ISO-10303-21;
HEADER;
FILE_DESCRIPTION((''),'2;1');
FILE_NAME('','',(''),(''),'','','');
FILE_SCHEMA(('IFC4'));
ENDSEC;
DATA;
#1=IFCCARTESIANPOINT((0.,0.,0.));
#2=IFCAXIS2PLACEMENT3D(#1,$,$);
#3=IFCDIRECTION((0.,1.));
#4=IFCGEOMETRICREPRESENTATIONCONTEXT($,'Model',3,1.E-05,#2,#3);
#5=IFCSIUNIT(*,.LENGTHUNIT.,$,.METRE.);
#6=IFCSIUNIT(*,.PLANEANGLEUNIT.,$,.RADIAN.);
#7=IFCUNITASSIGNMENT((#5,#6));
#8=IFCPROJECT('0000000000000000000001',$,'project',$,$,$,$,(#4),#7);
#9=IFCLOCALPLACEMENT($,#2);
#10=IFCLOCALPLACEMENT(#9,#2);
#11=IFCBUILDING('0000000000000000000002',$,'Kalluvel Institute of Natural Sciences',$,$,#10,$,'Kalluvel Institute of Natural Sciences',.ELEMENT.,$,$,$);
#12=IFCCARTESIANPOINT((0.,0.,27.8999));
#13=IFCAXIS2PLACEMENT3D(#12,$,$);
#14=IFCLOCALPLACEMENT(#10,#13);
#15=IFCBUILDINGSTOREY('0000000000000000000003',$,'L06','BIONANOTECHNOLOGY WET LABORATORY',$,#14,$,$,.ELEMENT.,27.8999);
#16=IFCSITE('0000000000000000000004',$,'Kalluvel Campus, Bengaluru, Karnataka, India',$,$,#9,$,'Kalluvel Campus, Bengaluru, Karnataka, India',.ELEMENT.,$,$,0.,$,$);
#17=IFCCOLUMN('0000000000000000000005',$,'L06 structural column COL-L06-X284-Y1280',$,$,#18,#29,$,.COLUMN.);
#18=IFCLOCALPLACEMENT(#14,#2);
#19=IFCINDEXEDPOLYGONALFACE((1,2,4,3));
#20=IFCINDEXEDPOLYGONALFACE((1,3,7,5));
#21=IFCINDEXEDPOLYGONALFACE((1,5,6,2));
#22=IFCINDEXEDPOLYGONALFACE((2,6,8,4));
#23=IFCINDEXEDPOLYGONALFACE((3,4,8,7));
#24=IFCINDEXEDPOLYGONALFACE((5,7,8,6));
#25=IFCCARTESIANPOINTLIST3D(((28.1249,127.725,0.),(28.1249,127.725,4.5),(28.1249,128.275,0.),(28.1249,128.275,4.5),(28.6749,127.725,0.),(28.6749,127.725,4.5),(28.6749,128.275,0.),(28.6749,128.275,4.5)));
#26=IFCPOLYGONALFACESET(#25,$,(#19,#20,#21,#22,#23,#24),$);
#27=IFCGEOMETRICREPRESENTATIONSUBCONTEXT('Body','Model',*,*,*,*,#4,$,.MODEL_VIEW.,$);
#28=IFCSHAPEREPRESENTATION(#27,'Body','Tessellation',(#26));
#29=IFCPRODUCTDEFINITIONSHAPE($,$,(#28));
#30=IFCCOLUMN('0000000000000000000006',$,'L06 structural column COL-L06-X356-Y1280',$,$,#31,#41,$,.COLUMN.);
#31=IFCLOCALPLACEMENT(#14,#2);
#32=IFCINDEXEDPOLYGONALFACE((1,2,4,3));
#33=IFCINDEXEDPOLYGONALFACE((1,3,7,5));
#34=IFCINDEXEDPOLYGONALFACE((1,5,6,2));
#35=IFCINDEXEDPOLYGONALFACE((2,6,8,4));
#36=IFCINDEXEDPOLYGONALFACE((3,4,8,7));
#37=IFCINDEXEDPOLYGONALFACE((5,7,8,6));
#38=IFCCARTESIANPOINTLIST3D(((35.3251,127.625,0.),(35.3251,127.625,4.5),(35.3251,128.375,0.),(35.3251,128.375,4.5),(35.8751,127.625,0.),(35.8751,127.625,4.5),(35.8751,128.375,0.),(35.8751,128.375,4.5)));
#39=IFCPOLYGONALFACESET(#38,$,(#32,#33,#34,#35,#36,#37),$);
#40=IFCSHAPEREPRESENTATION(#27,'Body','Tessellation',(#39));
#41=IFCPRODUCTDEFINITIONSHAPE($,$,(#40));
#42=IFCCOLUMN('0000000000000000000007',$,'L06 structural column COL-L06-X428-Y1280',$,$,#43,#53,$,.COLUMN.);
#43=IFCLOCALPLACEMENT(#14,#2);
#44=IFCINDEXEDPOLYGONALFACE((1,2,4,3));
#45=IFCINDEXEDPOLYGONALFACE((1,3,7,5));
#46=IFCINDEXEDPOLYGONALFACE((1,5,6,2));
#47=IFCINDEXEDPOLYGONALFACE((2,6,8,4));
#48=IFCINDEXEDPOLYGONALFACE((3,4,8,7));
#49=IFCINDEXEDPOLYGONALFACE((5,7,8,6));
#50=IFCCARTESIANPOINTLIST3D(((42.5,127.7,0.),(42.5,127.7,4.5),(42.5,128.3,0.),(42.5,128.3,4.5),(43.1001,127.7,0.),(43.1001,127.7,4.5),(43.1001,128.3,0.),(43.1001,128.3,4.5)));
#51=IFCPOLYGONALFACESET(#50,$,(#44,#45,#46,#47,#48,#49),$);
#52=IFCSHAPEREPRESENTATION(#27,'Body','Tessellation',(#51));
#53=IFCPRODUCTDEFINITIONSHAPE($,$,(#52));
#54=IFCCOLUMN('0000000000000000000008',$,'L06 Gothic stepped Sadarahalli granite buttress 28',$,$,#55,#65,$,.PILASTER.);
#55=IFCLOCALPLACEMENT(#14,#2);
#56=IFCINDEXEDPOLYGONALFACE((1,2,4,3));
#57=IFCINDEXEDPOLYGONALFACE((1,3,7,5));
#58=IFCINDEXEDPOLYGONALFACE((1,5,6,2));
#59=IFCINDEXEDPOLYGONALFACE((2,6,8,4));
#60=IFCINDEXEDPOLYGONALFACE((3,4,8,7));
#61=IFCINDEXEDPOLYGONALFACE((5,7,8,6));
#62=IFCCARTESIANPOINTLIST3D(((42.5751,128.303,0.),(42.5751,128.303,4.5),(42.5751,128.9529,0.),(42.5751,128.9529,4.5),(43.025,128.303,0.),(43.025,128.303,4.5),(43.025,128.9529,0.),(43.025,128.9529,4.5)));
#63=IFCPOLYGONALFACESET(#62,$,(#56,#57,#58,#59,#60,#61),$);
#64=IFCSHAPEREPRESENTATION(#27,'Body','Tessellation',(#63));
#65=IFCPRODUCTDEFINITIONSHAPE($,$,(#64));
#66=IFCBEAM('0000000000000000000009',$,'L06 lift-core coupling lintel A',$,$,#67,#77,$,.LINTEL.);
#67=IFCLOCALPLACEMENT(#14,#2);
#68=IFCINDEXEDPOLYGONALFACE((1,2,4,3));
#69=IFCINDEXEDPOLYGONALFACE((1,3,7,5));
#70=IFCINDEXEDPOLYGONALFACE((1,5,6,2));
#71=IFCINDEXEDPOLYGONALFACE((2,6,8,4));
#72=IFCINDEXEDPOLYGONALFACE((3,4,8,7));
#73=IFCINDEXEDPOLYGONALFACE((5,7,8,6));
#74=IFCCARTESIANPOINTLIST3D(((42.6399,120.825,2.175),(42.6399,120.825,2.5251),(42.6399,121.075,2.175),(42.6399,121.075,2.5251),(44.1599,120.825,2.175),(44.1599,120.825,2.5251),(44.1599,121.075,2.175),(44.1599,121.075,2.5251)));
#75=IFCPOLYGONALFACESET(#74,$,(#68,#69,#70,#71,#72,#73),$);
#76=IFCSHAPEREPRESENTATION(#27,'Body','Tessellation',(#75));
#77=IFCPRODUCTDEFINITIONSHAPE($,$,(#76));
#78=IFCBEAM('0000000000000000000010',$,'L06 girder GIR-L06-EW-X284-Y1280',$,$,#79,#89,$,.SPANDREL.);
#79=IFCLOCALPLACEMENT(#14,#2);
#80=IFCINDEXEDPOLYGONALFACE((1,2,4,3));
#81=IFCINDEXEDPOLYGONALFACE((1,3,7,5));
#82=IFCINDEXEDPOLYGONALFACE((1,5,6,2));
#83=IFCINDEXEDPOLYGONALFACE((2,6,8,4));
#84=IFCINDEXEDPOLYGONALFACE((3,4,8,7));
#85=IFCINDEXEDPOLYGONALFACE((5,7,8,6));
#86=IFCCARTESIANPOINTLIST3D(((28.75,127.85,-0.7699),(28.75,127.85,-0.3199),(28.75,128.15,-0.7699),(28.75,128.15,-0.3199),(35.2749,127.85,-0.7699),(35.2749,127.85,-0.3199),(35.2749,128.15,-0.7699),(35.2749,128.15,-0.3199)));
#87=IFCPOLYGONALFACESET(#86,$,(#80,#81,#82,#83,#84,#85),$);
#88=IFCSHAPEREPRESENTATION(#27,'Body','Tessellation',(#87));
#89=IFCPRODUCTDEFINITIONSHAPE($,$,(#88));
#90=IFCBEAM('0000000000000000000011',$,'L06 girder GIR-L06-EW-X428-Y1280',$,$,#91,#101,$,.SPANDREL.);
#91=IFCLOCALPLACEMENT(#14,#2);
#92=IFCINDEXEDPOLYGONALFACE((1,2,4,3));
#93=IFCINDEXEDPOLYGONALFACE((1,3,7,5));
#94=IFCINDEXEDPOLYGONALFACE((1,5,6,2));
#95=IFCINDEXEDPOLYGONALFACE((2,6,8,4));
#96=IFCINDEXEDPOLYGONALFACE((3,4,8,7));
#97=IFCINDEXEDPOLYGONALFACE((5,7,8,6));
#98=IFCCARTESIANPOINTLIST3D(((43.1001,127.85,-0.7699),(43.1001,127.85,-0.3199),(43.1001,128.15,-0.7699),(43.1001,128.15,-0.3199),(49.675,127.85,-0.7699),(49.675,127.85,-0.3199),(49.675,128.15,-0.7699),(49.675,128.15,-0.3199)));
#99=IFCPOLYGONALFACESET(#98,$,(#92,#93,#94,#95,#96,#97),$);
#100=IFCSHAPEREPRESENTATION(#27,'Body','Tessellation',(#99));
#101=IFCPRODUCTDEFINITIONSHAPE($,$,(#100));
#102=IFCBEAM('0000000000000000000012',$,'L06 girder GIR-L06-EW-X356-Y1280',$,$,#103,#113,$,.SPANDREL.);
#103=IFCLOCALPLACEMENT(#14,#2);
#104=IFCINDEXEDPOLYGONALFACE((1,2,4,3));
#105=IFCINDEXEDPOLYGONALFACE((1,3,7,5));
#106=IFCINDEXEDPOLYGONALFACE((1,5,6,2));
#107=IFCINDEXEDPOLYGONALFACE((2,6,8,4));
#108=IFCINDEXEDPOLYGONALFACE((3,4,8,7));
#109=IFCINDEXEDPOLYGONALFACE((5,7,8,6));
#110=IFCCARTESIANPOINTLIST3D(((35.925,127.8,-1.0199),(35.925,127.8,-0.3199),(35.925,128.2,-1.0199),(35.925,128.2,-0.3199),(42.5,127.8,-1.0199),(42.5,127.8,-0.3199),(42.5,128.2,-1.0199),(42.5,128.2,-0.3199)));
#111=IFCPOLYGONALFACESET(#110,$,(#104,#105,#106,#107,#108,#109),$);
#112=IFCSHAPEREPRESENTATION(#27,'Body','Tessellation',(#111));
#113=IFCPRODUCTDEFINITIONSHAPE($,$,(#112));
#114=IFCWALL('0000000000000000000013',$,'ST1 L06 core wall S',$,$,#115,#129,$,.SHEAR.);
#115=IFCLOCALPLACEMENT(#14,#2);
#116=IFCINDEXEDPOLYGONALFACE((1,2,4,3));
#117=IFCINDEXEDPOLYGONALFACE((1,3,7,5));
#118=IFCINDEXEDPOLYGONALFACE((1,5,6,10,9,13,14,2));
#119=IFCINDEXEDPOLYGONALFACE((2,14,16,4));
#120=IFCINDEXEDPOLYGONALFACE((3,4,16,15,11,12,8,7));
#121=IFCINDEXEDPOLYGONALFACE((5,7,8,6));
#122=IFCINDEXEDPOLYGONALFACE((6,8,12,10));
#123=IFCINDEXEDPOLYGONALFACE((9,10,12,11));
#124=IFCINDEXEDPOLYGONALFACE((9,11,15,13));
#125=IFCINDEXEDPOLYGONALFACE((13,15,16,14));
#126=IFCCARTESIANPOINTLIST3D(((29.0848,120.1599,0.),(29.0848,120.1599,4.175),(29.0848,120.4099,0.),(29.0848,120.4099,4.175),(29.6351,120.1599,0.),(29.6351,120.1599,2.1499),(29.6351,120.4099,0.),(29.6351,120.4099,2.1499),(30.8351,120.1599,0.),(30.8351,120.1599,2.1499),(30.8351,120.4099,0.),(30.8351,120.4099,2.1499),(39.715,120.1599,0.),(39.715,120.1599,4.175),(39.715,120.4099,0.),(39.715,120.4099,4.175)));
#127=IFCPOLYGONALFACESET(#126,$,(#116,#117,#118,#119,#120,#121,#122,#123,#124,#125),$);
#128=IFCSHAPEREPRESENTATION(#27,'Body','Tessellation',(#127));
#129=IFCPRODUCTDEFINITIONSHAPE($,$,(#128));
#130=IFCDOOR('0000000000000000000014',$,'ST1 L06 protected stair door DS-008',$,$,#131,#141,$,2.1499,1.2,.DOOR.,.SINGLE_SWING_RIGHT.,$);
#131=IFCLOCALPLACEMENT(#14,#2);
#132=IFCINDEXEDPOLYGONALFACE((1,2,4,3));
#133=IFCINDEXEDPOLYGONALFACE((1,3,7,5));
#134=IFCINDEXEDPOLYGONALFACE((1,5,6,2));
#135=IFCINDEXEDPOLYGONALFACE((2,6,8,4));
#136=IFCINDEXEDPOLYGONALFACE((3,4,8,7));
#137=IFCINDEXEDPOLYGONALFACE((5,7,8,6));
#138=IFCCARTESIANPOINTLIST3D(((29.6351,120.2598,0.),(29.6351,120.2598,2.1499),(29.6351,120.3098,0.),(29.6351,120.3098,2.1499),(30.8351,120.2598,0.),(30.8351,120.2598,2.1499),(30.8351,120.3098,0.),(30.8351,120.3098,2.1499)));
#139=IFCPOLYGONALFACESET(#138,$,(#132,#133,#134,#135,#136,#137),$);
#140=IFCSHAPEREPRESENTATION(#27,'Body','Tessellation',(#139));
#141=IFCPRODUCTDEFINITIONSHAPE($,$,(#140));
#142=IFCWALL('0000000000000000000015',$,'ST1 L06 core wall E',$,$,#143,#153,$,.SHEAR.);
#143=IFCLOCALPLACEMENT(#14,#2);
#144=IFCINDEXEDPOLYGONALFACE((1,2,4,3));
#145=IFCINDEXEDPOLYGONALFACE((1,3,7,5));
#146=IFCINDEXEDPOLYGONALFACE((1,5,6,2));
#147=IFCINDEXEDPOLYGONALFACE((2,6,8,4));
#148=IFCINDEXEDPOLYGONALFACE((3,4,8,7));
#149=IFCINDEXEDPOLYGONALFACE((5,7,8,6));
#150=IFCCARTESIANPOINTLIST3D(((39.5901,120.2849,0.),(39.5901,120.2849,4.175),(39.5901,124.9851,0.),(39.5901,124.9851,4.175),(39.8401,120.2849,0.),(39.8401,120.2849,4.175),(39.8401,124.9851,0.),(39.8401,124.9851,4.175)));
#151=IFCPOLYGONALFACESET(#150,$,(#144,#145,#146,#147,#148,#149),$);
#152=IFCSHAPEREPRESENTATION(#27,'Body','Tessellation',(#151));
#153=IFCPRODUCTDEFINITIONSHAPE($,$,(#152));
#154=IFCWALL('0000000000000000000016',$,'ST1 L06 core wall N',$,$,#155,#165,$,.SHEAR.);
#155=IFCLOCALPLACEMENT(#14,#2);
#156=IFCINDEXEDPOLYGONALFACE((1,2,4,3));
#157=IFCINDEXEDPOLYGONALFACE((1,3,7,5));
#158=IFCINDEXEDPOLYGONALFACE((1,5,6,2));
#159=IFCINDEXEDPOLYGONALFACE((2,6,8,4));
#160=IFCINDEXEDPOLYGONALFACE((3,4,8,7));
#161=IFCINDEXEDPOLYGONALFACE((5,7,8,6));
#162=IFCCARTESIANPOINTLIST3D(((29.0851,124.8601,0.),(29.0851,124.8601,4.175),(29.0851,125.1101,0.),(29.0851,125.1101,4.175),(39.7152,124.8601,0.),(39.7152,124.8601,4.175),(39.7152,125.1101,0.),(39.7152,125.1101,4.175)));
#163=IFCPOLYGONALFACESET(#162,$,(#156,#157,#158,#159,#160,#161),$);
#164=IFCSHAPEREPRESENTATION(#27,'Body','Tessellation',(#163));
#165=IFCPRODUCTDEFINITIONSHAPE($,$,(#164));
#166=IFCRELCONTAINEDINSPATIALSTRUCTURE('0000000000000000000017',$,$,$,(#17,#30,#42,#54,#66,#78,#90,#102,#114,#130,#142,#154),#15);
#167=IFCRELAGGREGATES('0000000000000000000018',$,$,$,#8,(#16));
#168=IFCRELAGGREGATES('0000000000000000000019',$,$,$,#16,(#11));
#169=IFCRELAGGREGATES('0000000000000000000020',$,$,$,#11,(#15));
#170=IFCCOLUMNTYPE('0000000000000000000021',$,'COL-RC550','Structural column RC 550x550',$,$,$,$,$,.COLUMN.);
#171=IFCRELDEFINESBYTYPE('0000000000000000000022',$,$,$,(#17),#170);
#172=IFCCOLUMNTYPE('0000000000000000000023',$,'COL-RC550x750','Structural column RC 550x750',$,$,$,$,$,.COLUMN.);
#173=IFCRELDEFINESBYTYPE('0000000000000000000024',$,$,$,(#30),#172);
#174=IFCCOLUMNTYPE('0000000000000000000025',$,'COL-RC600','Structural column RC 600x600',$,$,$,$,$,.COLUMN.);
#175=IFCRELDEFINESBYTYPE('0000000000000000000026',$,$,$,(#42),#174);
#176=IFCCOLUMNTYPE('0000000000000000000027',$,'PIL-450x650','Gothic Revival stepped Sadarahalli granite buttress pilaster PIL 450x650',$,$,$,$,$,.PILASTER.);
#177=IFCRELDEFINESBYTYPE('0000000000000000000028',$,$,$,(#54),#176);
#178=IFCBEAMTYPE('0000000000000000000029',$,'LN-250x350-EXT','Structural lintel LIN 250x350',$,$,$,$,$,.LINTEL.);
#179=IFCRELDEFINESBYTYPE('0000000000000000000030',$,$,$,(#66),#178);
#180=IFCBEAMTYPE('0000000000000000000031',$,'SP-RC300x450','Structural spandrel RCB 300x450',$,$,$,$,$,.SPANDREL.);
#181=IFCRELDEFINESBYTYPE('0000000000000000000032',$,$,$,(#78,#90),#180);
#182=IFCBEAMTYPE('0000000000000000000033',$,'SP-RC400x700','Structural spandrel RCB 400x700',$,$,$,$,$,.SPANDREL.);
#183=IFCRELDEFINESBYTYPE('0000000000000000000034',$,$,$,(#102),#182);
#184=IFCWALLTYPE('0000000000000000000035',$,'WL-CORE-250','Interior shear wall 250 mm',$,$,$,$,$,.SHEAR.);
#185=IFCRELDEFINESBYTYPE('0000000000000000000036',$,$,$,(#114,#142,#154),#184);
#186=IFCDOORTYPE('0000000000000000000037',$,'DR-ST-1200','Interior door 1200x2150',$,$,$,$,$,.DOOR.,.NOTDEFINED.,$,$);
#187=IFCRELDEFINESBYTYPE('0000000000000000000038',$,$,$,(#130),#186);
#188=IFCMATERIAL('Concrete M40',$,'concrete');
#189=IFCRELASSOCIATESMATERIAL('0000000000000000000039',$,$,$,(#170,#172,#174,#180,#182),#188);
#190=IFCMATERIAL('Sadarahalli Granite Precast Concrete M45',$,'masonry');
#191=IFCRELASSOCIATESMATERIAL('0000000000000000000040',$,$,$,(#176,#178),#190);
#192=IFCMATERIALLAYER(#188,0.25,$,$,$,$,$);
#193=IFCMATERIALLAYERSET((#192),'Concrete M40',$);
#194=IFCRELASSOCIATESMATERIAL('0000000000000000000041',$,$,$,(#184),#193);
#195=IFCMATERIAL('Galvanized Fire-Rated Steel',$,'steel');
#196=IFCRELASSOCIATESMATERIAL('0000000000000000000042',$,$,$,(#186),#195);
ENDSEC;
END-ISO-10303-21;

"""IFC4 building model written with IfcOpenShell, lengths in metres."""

from ifc_helpers import new_model, si_unit, direction, frame, frame_2d, origin, origin_2d, place, context, subcontext, project, spatial, rectangle, extrude, material, layer, layer_set, material_profile, profile_set, type_object, element, fill, save


model = new_model("IFC4")

# Units and contexts
model_context = context("Model", 3, precision=1e-05, world=origin(), true_north=direction((0.0, 1.0)))
body_context = subcontext(model_context, "Body", "Model", "MODEL_VIEW")
ifc_project = project(units=[si_unit("LENGTHUNIT", "METRE"), si_unit("PLANEANGLEUNIT", "RADIAN")], contexts=[model_context])

# Site, building, storey
site_placement = place(None, origin())
site = spatial("IfcSite", under=ifc_project, at=site_placement, Name="Kalluvel Campus, Bengaluru, Karnataka, India", LongName="Kalluvel Campus, Bengaluru, Karnataka, India", CompositionType="ELEMENT", RefElevation=0.0)
building_placement = place(site_placement, origin())
building = spatial("IfcBuilding", under=site, at=building_placement, Name="Kalluvel Institute of Natural Sciences", LongName="Kalluvel Institute of Natural Sciences", CompositionType="ELEMENT")
storey_placement = place(building_placement, frame((0.0, 0.0, 27.8999)))
storey = spatial("IfcBuildingStorey", under=building, at=storey_placement, Name="L06", Description="BIONANOTECHNOLOGY WET LABORATORY", CompositionType="ELEMENT", Elevation=27.8999)

# Columns
ifc_material_1 = material(Name="Concrete M40", Category="concrete")
ifc_material_profile_1 = material_profile(ifc_material_1, rectangle(XDim=0.55, YDim=0.55, at=origin_2d()), Name="RC 550x550")
ifc_profile_set_1 = profile_set([ifc_material_profile_1], Name="Concrete M40")
column_type_1 = type_object("IfcColumnType", Name="COL-RC550", Description="Structural column RC 550x550", PredefinedType="COLUMN", material=ifc_profile_set_1)
column_1_placement = place(storey_placement, frame((28.3999, 128.0, 0.0), z_axis=(0.0, 0.0, 1.0), x_axis=(1.0, 0.0, 0.0)))
element("IfcColumn", 1, at=column_1_placement, inside=storey, type_object=column_type_1, Name="L06 structural column COL-L06-X284-Y1280", PredefinedType="COLUMN", context=body_context, shape_type="SweptSolid", body=[
    extrude(rectangle(XDim=0.55, YDim=0.55, at=origin_2d()), origin(), (0.0, 0.0, 1.0), 4.5),
])
ifc_material_profile_2 = material_profile(ifc_material_1, rectangle(XDim=0.55, YDim=0.75, at=origin_2d()), Name="RC 550x750")
ifc_profile_set_2 = profile_set([ifc_material_profile_2], Name="Concrete M40")
column_type_2 = type_object("IfcColumnType", Name="COL-RC550x750", Description="Structural column RC 550x750", PredefinedType="COLUMN", material=ifc_profile_set_2)
column_2_placement = place(storey_placement, frame((35.6001, 128.0, 0.0), z_axis=(0.0, 0.0, 1.0), x_axis=(1.0, 0.0, 0.0)))
element("IfcColumn", 2, at=column_2_placement, inside=storey, type_object=column_type_2, Name="L06 structural column COL-L06-X356-Y1280", PredefinedType="COLUMN", context=body_context, shape_type="SweptSolid", body=[
    extrude(rectangle(XDim=0.55, YDim=0.75, at=origin_2d()), origin(), (0.0, 0.0, 1.0), 4.5),
])
ifc_material_profile_3 = material_profile(ifc_material_1, rectangle(XDim=0.6001, YDim=0.6001, at=origin_2d()), Name="RC 600x600")
ifc_profile_set_3 = profile_set([ifc_material_profile_3], Name="Concrete M40")
column_type_3 = type_object("IfcColumnType", Name="COL-RC600", Description="Structural column RC 600x600", PredefinedType="COLUMN", material=ifc_profile_set_3)
column_3_placement = place(storey_placement, frame((42.8, 128.0, 0.0), z_axis=(0.0, 0.0, 1.0), x_axis=(1.0, 0.0, 0.0)))
element("IfcColumn", 3, at=column_3_placement, inside=storey, type_object=column_type_3, Name="L06 structural column COL-L06-X428-Y1280", PredefinedType="COLUMN", context=body_context, shape_type="SweptSolid", body=[
    extrude(rectangle(XDim=0.6001, YDim=0.6001, at=origin_2d()), origin(), (0.0, 0.0, 1.0), 4.5),
])
ifc_material_2 = material(Name="Sadarahalli Granite Precast Concrete M45", Category="masonry")
ifc_material_profile_4 = material_profile(ifc_material_2, rectangle(XDim=0.45, YDim=0.6499, at=origin_2d()), Name="PIL 450x650")
ifc_profile_set_4 = profile_set([ifc_material_profile_4], Name="Sadarahalli Granite Precast Concrete M45")
column_type_4 = type_object("IfcColumnType", Name="PIL-450x650", Description="Gothic Revival stepped Sadarahalli granite buttress pilaster PIL 450x650", PredefinedType="PILASTER", material=ifc_profile_set_4)
column_4_placement = place(storey_placement, frame((42.8, 128.6279, 0.0), z_axis=(0.0, 0.0, 1.0), x_axis=(1.0, 0.0, 0.0)))
element("IfcColumn", 4, at=column_4_placement, inside=storey, type_object=column_type_4, Name="L06 Gothic stepped Sadarahalli granite buttress 28", PredefinedType="PILASTER", context=body_context, shape_type="SweptSolid", body=[
    extrude(rectangle(XDim=0.45, YDim=0.6499, at=origin_2d()), origin(), (0.0, 0.0, 1.0), 4.5),
])

# Beams
ifc_material_profile_5 = material_profile(ifc_material_2, rectangle(XDim=0.25, YDim=0.3501, at=origin_2d()), Name="LIN 250x350")
ifc_profile_set_5 = profile_set([ifc_material_profile_5], Name="Sadarahalli Granite Precast Concrete M45")
beam_type_1 = type_object("IfcBeamType", Name="LN-250x350-EXT", Description="Structural lintel LIN 250x350", PredefinedType="LINTEL", material=ifc_profile_set_5)
beam_1_placement = place(storey_placement, frame((42.6399, 120.95, 2.3501), z_axis=(1.0, 0.0, 0.0), x_axis=(0.0, 1.0, 0.0)))
element("IfcBeam", 5, at=beam_1_placement, inside=storey, type_object=beam_type_1, Name="L06 lift-core coupling lintel A", PredefinedType="LINTEL", context=body_context, shape_type="SweptSolid", body=[
    extrude(rectangle(XDim=0.25, YDim=0.3501, at=origin_2d()), origin(), (0.0, 0.0, 1.0), 1.52),
])
ifc_material_profile_6 = material_profile(ifc_material_1, rectangle(XDim=0.3, YDim=0.45, at=origin_2d()), Name="RCB 300x450")
ifc_profile_set_6 = profile_set([ifc_material_profile_6], Name="Concrete M40")
beam_type_2 = type_object("IfcBeamType", Name="SP-RC300x450", Description="Structural spandrel RCB 300x450", PredefinedType="SPANDREL", material=ifc_profile_set_6)
beam_2_placement = place(storey_placement, frame((28.75, 128.0, -0.5449), z_axis=(1.0, 0.0, 0.0), x_axis=(0.0, 1.0, 0.0)))
element("IfcBeam", 6, at=beam_2_placement, inside=storey, type_object=beam_type_2, Name="L06 girder GIR-L06-EW-X284-Y1280", PredefinedType="SPANDREL", context=body_context, shape_type="SweptSolid", body=[
    extrude(rectangle(XDim=0.3, YDim=0.45, at=origin_2d()), origin(), (0.0, 0.0, 1.0), 6.5249),
])
beam_3_placement = place(storey_placement, frame((43.1001, 128.0, -0.5449), z_axis=(1.0, 0.0, 0.0), x_axis=(0.0, 1.0, 0.0)))
element("IfcBeam", 7, at=beam_3_placement, inside=storey, type_object=beam_type_2, Name="L06 girder GIR-L06-EW-X428-Y1280", PredefinedType="SPANDREL", context=body_context, shape_type="SweptSolid", body=[
    extrude(rectangle(XDim=0.3, YDim=0.45, at=origin_2d()), origin(), (0.0, 0.0, 1.0), 6.575),
])
ifc_material_profile_7 = material_profile(ifc_material_1, rectangle(XDim=0.3999, YDim=0.7, at=origin_2d()), Name="RCB 400x700")
ifc_profile_set_7 = profile_set([ifc_material_profile_7], Name="Concrete M40")
beam_type_3 = type_object("IfcBeamType", Name="SP-RC400x700", Description="Structural spandrel RCB 400x700", PredefinedType="SPANDREL", material=ifc_profile_set_7)
beam_4_placement = place(storey_placement, frame((35.925, 128.0, -0.6699), z_axis=(1.0, 0.0, 0.0), x_axis=(0.0, 1.0, 0.0)))
element("IfcBeam", 8, at=beam_4_placement, inside=storey, type_object=beam_type_3, Name="L06 girder GIR-L06-EW-X356-Y1280", PredefinedType="SPANDREL", context=body_context, shape_type="SweptSolid", body=[
    extrude(rectangle(XDim=0.3999, YDim=0.7, at=origin_2d()), origin(), (0.0, 0.0, 1.0), 6.575),
])

# Wall, opening, door
ifc_layer_1 = layer(ifc_material_1, 0.25)
ifc_layer_set_1 = layer_set([ifc_layer_1], Name="Concrete M40")
wall_type_1 = type_object("IfcWallType", Name="WL-CORE-250", Description="Interior shear wall 250 mm", PredefinedType="SHEAR", material=ifc_layer_set_1)
wall_1_placement = place(storey_placement, frame((29.085, 120.2849, 0.0), z_axis=(0.0, 0.0, 1.0), x_axis=(1.0, 0.0, 0.0)))
wall_1 = element("IfcWall", 9, at=wall_1_placement, inside=storey, type_object=wall_type_1, Name="ST1 L06 core wall S", PredefinedType="SHEAR", context=body_context, shape_type="SweptSolid", body=[
    extrude(rectangle(XDim=10.6301, YDim=0.25, at=frame_2d((5.3149, 0.0))), origin(), (0.0, 0.0, 1.0), 4.175),
])
opening_1_placement = place(wall_1_placement, frame((0.55, 0.0, 0.0)))
opening_1 = element("IfcOpeningElement", 10, at=opening_1_placement, cuts=wall_1, PredefinedType="OPENING", context=body_context, shape_type="SweptSolid", body=[
    extrude(rectangle(XDim=1.2, YDim=2.1499, at=frame_2d((0.6001, 1.075))), frame((0.0, 0.135, 0.0), z_axis=(0.0, -1.0, 0.0), x_axis=(1.0, 0.0, 0.0)), (0.0, 0.0, 1.0), 0.27),
])
ifc_material_3 = material(Name="Galvanized Fire-Rated Steel", Category="steel")
door_type_1 = type_object("IfcDoorType", Name="DR-ST-1200", Description="Interior door 1200x2150", OperationType="NOTDEFINED", PredefinedType="DOOR", material=ifc_material_3)
door_1_placement = place(opening_1_placement, origin())
door_1 = element("IfcDoor", 11, at=door_1_placement, inside=storey, type_object=door_type_1, Name="ST1 L06 protected stair door DS-008", OperationType="SINGLE_SWING_RIGHT", OverallHeight=2.1499, OverallWidth=1.2, PredefinedType="DOOR", context=body_context, shape_type="SweptSolid", body=[
    extrude(rectangle(XDim=1.2, YDim=2.1499, at=frame_2d((0.6001, 1.075))), frame((0.0, 0.0249, 0.0), z_axis=(0.0, -1.0, 0.0), x_axis=(1.0, 0.0, 0.0)), (0.0, 0.0, 1.0), 0.05),
])
fill(opening_1, door_1)

# Walls
wall_2_placement = place(storey_placement, frame((39.7151, 120.2849, 0.0), z_axis=(0.0, 0.0, 1.0), x_axis=(0.0, 1.0, 0.0)))
element("IfcWall", 12, at=wall_2_placement, inside=storey, type_object=wall_type_1, Name="ST1 L06 core wall E", PredefinedType="SHEAR", context=body_context, shape_type="SweptSolid", body=[
    extrude(rectangle(XDim=4.7002, YDim=0.25, at=frame_2d((2.3501, 0.0))), origin(), (0.0, 0.0, 1.0), 4.175),
])
wall_3_placement = place(storey_placement, frame((39.7151, 124.9851, 0.0), z_axis=(0.0, 0.0, 1.0), x_axis=(-1.0, 0.0, 0.0)))
element("IfcWall", 13, at=wall_3_placement, inside=storey, type_object=wall_type_1, Name="ST1 L06 core wall N", PredefinedType="SHEAR", context=body_context, shape_type="SweptSolid", body=[
    extrude(rectangle(XDim=10.6301, YDim=0.25, at=frame_2d((5.3149, 0.0))), origin(), (0.0, 0.0, 1.0), 4.175),
])

save(model, "model.ifc")
